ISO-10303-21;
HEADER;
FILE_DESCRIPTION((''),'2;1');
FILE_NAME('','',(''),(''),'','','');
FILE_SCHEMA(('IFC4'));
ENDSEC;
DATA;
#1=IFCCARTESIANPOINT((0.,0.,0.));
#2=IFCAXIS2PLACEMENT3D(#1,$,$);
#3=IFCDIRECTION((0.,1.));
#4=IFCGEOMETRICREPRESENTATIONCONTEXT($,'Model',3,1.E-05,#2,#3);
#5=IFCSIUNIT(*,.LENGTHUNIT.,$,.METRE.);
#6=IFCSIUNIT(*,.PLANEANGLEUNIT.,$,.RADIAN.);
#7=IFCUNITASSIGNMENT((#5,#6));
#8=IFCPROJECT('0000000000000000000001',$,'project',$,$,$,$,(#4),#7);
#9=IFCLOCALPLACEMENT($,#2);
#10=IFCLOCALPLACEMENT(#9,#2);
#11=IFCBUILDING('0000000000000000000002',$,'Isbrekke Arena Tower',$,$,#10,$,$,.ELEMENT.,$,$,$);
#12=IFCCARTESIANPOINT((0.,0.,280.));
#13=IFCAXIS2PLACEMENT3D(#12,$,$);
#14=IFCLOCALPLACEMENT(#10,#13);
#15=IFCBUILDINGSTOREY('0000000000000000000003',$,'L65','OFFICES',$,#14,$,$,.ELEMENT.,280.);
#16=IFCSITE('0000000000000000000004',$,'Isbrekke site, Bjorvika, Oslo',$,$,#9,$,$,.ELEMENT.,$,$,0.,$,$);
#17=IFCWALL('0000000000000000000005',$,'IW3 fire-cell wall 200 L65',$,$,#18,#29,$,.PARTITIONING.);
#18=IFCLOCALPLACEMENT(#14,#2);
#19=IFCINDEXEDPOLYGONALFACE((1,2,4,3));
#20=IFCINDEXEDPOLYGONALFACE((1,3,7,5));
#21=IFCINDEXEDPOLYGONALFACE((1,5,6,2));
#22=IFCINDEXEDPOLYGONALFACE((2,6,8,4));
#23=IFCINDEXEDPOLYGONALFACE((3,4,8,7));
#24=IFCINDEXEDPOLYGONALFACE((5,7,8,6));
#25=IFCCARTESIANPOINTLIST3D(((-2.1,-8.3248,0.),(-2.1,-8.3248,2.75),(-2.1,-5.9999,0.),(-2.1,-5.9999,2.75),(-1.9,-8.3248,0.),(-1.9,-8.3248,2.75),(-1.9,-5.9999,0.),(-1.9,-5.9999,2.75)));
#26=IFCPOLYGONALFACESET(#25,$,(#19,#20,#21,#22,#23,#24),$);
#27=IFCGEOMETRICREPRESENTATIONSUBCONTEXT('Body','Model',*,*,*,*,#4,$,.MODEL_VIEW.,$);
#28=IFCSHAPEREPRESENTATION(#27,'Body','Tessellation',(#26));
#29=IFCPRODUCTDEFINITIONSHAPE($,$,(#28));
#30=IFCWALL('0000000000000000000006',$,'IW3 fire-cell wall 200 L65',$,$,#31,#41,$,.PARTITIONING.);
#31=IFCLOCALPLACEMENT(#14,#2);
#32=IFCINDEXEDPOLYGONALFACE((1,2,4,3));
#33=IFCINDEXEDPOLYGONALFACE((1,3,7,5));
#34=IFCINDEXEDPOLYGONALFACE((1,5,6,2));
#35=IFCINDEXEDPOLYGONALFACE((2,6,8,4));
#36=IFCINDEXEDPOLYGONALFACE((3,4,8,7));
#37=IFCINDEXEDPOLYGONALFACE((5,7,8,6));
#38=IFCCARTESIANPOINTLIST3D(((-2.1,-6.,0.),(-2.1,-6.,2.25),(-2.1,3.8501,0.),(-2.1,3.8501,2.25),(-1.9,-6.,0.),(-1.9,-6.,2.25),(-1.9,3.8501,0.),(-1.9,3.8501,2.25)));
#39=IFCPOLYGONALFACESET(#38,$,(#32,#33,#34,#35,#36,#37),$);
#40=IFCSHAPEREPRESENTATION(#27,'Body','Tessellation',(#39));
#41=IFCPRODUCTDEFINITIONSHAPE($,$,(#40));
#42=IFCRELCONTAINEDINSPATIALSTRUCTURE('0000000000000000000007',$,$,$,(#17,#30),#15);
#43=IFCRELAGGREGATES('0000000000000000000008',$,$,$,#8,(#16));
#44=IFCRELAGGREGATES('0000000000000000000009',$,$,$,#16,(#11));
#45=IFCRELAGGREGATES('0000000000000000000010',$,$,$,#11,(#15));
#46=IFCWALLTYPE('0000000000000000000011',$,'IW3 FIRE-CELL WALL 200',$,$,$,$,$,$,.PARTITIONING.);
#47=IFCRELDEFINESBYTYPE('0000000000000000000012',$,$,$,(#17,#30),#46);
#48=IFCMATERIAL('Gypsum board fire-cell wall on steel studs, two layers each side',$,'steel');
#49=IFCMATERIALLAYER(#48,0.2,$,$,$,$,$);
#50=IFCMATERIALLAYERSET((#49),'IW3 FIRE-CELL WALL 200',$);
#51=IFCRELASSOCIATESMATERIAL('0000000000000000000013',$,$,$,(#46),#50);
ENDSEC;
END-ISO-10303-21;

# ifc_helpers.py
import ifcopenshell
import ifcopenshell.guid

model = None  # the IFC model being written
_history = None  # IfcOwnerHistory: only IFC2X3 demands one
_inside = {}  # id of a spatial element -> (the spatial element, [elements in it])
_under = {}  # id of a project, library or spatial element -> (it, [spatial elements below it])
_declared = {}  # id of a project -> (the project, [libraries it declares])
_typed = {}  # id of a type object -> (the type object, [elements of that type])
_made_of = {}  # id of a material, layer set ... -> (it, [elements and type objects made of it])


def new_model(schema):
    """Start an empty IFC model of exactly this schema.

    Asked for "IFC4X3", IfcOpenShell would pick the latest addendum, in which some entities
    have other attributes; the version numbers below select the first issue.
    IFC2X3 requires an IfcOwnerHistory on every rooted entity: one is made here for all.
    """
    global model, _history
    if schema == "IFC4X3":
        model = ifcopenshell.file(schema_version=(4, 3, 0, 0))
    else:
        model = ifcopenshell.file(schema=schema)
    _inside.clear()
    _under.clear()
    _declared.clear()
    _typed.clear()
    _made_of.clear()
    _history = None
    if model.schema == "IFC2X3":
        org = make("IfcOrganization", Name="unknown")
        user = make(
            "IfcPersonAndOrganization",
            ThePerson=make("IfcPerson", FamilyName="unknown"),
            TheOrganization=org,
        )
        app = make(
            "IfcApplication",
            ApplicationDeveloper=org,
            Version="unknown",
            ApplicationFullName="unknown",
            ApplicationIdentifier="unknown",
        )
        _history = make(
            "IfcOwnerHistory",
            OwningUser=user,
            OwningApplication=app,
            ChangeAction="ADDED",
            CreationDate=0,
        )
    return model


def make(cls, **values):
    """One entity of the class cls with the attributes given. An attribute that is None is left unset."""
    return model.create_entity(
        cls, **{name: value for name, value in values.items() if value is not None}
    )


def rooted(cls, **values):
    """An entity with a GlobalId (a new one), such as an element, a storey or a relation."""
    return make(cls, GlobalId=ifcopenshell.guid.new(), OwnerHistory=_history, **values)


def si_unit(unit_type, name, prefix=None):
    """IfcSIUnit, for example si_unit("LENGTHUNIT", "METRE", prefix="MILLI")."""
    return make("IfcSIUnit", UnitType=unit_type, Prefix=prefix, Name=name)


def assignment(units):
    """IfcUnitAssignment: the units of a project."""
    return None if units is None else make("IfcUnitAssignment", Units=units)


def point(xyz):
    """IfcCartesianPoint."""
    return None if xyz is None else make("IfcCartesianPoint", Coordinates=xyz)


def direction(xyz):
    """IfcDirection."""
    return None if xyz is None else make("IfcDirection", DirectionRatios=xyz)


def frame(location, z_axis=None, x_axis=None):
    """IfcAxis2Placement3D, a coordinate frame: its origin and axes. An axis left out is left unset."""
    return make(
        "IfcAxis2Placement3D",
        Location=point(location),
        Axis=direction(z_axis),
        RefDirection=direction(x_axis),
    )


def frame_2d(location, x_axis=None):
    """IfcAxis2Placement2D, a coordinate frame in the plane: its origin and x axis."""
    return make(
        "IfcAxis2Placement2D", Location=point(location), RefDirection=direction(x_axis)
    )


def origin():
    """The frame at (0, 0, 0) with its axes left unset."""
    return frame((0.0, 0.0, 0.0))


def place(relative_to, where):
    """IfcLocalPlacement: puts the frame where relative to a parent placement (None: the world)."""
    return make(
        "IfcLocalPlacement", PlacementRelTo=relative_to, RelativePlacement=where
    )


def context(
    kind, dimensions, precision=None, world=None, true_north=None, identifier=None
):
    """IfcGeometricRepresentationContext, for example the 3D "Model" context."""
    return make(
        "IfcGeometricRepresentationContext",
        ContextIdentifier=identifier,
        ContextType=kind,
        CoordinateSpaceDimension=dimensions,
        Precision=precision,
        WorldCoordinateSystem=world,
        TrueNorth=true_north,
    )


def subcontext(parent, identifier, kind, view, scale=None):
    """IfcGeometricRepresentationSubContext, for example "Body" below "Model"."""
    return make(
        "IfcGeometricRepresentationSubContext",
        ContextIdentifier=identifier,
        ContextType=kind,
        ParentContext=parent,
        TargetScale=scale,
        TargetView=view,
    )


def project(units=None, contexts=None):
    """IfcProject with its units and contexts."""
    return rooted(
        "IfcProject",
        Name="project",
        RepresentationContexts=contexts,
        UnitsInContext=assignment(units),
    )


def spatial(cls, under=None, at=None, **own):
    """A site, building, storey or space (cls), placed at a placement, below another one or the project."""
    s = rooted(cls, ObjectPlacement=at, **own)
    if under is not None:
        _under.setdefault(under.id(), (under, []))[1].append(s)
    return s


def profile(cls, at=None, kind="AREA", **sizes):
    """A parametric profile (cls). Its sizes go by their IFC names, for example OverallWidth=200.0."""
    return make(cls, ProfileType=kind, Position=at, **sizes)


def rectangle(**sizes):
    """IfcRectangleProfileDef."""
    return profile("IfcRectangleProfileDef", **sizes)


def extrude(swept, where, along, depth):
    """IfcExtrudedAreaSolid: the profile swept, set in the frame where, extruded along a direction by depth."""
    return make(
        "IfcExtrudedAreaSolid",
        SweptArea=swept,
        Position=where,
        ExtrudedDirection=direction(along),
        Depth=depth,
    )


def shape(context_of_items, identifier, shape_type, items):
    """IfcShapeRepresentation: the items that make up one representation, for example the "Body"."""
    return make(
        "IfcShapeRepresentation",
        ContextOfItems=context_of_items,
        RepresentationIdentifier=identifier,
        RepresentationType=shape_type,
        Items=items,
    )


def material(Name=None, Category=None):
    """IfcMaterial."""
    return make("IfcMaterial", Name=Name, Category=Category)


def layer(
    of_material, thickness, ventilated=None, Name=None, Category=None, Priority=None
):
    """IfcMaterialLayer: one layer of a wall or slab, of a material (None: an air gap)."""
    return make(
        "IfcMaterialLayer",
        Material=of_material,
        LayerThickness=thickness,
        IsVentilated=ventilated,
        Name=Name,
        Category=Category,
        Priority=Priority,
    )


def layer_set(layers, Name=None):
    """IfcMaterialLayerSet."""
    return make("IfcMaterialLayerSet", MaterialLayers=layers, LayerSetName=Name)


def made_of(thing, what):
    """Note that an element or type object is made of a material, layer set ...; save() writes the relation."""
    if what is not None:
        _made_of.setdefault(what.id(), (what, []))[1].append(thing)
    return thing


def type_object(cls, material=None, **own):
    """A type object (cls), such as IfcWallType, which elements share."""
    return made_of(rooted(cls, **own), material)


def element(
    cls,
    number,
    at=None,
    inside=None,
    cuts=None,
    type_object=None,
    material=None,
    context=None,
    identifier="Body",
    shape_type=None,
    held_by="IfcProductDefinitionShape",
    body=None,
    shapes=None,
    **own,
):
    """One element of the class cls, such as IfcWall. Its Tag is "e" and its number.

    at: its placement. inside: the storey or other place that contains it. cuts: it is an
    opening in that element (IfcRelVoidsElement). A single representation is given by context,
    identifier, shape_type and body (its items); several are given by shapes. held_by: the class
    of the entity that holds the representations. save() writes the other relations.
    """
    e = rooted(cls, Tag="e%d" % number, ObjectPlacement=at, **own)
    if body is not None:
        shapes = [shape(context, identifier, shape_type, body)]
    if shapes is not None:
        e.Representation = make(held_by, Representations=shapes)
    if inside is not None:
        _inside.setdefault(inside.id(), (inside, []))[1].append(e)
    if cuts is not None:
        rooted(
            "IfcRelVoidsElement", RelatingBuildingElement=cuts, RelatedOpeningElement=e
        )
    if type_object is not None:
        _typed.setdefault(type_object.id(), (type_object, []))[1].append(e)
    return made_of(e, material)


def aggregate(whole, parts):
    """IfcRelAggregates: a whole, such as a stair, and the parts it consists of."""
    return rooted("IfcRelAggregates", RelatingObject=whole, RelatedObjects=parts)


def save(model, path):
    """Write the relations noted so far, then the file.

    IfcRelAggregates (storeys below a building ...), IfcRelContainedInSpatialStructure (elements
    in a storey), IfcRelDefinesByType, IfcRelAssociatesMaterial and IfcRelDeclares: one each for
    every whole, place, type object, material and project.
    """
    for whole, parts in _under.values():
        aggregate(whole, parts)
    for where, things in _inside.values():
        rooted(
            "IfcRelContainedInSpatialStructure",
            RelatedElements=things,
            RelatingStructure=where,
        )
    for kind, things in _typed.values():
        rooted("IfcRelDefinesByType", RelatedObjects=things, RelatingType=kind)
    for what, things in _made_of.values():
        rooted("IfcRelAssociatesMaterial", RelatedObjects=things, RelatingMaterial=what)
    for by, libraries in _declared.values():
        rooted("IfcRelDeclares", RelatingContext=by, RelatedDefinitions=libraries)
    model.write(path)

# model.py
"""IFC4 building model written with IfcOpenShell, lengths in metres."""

from ifc_helpers import new_model, si_unit, direction, frame, frame_2d, origin, place, context, subcontext, project, spatial, rectangle, extrude, material, layer, layer_set, type_object, element, save


model = new_model("IFC4")

# Units and contexts
model_context = context("Model", 3, precision=1e-05, world=origin(), true_north=direction((0.0, 1.0)))
body_context = subcontext(model_context, "Body", "Model", "MODEL_VIEW")
ifc_project = project(units=[si_unit("LENGTHUNIT", "METRE"), si_unit("PLANEANGLEUNIT", "RADIAN")], contexts=[model_context])

# Site, building, storey
site_placement = place(None, origin())
site = spatial("IfcSite", under=ifc_project, at=site_placement, Name="Isbrekke site, Bjorvika, Oslo", CompositionType="ELEMENT", RefElevation=0.0)
building_placement = place(site_placement, origin())
building = spatial("IfcBuilding", under=site, at=building_placement, Name="Isbrekke Arena Tower", CompositionType="ELEMENT")
storey_placement = place(building_placement, frame((0.0, 0.0, 280.0)))
storey = spatial("IfcBuildingStorey", under=building, at=storey_placement, Name="L65", Description="OFFICES", CompositionType="ELEMENT", Elevation=280.0)

# Walls
ifc_material_1 = material(Name="Gypsum board fire-cell wall on steel studs, two layers each side", Category="steel")
ifc_layer_1 = layer(ifc_material_1, 0.2)
ifc_layer_set_1 = layer_set([ifc_layer_1], Name="IW3 FIRE-CELL WALL 200")
wall_type_1 = type_object("IfcWallType", Name="IW3 FIRE-CELL WALL 200", PredefinedType="PARTITIONING", material=ifc_layer_set_1)
wall_1_placement = place(storey_placement, frame((-2.0, -8.325, 0.0), z_axis=(0.0, 0.0, 1.0), x_axis=(0.0, 1.0, 0.0)))
element("IfcWall", 1, at=wall_1_placement, inside=storey, type_object=wall_type_1, Name="IW3 fire-cell wall 200 L65", PredefinedType="PARTITIONING", context=body_context, shape_type="SweptSolid", body=[
    extrude(rectangle(XDim=2.325, YDim=0.2, at=frame_2d((1.1626, 0.0))), origin(), (0.0, 0.0, 1.0), 2.75),
])
wall_2_placement = place(storey_placement, frame((-2.0, -6.0, 0.0), z_axis=(0.0, 0.0, 1.0), x_axis=(0.0, 1.0, 0.0)))
element("IfcWall", 2, at=wall_2_placement, inside=storey, type_object=wall_type_1, Name="IW3 fire-cell wall 200 L65", PredefinedType="PARTITIONING", context=body_context, shape_type="SweptSolid", body=[
    extrude(rectangle(XDim=9.8501, YDim=0.2, at=frame_2d((4.925, 0.0))), origin(), (0.0, 0.0, 1.0), 2.25),
])

save(model, "model.ifc")
